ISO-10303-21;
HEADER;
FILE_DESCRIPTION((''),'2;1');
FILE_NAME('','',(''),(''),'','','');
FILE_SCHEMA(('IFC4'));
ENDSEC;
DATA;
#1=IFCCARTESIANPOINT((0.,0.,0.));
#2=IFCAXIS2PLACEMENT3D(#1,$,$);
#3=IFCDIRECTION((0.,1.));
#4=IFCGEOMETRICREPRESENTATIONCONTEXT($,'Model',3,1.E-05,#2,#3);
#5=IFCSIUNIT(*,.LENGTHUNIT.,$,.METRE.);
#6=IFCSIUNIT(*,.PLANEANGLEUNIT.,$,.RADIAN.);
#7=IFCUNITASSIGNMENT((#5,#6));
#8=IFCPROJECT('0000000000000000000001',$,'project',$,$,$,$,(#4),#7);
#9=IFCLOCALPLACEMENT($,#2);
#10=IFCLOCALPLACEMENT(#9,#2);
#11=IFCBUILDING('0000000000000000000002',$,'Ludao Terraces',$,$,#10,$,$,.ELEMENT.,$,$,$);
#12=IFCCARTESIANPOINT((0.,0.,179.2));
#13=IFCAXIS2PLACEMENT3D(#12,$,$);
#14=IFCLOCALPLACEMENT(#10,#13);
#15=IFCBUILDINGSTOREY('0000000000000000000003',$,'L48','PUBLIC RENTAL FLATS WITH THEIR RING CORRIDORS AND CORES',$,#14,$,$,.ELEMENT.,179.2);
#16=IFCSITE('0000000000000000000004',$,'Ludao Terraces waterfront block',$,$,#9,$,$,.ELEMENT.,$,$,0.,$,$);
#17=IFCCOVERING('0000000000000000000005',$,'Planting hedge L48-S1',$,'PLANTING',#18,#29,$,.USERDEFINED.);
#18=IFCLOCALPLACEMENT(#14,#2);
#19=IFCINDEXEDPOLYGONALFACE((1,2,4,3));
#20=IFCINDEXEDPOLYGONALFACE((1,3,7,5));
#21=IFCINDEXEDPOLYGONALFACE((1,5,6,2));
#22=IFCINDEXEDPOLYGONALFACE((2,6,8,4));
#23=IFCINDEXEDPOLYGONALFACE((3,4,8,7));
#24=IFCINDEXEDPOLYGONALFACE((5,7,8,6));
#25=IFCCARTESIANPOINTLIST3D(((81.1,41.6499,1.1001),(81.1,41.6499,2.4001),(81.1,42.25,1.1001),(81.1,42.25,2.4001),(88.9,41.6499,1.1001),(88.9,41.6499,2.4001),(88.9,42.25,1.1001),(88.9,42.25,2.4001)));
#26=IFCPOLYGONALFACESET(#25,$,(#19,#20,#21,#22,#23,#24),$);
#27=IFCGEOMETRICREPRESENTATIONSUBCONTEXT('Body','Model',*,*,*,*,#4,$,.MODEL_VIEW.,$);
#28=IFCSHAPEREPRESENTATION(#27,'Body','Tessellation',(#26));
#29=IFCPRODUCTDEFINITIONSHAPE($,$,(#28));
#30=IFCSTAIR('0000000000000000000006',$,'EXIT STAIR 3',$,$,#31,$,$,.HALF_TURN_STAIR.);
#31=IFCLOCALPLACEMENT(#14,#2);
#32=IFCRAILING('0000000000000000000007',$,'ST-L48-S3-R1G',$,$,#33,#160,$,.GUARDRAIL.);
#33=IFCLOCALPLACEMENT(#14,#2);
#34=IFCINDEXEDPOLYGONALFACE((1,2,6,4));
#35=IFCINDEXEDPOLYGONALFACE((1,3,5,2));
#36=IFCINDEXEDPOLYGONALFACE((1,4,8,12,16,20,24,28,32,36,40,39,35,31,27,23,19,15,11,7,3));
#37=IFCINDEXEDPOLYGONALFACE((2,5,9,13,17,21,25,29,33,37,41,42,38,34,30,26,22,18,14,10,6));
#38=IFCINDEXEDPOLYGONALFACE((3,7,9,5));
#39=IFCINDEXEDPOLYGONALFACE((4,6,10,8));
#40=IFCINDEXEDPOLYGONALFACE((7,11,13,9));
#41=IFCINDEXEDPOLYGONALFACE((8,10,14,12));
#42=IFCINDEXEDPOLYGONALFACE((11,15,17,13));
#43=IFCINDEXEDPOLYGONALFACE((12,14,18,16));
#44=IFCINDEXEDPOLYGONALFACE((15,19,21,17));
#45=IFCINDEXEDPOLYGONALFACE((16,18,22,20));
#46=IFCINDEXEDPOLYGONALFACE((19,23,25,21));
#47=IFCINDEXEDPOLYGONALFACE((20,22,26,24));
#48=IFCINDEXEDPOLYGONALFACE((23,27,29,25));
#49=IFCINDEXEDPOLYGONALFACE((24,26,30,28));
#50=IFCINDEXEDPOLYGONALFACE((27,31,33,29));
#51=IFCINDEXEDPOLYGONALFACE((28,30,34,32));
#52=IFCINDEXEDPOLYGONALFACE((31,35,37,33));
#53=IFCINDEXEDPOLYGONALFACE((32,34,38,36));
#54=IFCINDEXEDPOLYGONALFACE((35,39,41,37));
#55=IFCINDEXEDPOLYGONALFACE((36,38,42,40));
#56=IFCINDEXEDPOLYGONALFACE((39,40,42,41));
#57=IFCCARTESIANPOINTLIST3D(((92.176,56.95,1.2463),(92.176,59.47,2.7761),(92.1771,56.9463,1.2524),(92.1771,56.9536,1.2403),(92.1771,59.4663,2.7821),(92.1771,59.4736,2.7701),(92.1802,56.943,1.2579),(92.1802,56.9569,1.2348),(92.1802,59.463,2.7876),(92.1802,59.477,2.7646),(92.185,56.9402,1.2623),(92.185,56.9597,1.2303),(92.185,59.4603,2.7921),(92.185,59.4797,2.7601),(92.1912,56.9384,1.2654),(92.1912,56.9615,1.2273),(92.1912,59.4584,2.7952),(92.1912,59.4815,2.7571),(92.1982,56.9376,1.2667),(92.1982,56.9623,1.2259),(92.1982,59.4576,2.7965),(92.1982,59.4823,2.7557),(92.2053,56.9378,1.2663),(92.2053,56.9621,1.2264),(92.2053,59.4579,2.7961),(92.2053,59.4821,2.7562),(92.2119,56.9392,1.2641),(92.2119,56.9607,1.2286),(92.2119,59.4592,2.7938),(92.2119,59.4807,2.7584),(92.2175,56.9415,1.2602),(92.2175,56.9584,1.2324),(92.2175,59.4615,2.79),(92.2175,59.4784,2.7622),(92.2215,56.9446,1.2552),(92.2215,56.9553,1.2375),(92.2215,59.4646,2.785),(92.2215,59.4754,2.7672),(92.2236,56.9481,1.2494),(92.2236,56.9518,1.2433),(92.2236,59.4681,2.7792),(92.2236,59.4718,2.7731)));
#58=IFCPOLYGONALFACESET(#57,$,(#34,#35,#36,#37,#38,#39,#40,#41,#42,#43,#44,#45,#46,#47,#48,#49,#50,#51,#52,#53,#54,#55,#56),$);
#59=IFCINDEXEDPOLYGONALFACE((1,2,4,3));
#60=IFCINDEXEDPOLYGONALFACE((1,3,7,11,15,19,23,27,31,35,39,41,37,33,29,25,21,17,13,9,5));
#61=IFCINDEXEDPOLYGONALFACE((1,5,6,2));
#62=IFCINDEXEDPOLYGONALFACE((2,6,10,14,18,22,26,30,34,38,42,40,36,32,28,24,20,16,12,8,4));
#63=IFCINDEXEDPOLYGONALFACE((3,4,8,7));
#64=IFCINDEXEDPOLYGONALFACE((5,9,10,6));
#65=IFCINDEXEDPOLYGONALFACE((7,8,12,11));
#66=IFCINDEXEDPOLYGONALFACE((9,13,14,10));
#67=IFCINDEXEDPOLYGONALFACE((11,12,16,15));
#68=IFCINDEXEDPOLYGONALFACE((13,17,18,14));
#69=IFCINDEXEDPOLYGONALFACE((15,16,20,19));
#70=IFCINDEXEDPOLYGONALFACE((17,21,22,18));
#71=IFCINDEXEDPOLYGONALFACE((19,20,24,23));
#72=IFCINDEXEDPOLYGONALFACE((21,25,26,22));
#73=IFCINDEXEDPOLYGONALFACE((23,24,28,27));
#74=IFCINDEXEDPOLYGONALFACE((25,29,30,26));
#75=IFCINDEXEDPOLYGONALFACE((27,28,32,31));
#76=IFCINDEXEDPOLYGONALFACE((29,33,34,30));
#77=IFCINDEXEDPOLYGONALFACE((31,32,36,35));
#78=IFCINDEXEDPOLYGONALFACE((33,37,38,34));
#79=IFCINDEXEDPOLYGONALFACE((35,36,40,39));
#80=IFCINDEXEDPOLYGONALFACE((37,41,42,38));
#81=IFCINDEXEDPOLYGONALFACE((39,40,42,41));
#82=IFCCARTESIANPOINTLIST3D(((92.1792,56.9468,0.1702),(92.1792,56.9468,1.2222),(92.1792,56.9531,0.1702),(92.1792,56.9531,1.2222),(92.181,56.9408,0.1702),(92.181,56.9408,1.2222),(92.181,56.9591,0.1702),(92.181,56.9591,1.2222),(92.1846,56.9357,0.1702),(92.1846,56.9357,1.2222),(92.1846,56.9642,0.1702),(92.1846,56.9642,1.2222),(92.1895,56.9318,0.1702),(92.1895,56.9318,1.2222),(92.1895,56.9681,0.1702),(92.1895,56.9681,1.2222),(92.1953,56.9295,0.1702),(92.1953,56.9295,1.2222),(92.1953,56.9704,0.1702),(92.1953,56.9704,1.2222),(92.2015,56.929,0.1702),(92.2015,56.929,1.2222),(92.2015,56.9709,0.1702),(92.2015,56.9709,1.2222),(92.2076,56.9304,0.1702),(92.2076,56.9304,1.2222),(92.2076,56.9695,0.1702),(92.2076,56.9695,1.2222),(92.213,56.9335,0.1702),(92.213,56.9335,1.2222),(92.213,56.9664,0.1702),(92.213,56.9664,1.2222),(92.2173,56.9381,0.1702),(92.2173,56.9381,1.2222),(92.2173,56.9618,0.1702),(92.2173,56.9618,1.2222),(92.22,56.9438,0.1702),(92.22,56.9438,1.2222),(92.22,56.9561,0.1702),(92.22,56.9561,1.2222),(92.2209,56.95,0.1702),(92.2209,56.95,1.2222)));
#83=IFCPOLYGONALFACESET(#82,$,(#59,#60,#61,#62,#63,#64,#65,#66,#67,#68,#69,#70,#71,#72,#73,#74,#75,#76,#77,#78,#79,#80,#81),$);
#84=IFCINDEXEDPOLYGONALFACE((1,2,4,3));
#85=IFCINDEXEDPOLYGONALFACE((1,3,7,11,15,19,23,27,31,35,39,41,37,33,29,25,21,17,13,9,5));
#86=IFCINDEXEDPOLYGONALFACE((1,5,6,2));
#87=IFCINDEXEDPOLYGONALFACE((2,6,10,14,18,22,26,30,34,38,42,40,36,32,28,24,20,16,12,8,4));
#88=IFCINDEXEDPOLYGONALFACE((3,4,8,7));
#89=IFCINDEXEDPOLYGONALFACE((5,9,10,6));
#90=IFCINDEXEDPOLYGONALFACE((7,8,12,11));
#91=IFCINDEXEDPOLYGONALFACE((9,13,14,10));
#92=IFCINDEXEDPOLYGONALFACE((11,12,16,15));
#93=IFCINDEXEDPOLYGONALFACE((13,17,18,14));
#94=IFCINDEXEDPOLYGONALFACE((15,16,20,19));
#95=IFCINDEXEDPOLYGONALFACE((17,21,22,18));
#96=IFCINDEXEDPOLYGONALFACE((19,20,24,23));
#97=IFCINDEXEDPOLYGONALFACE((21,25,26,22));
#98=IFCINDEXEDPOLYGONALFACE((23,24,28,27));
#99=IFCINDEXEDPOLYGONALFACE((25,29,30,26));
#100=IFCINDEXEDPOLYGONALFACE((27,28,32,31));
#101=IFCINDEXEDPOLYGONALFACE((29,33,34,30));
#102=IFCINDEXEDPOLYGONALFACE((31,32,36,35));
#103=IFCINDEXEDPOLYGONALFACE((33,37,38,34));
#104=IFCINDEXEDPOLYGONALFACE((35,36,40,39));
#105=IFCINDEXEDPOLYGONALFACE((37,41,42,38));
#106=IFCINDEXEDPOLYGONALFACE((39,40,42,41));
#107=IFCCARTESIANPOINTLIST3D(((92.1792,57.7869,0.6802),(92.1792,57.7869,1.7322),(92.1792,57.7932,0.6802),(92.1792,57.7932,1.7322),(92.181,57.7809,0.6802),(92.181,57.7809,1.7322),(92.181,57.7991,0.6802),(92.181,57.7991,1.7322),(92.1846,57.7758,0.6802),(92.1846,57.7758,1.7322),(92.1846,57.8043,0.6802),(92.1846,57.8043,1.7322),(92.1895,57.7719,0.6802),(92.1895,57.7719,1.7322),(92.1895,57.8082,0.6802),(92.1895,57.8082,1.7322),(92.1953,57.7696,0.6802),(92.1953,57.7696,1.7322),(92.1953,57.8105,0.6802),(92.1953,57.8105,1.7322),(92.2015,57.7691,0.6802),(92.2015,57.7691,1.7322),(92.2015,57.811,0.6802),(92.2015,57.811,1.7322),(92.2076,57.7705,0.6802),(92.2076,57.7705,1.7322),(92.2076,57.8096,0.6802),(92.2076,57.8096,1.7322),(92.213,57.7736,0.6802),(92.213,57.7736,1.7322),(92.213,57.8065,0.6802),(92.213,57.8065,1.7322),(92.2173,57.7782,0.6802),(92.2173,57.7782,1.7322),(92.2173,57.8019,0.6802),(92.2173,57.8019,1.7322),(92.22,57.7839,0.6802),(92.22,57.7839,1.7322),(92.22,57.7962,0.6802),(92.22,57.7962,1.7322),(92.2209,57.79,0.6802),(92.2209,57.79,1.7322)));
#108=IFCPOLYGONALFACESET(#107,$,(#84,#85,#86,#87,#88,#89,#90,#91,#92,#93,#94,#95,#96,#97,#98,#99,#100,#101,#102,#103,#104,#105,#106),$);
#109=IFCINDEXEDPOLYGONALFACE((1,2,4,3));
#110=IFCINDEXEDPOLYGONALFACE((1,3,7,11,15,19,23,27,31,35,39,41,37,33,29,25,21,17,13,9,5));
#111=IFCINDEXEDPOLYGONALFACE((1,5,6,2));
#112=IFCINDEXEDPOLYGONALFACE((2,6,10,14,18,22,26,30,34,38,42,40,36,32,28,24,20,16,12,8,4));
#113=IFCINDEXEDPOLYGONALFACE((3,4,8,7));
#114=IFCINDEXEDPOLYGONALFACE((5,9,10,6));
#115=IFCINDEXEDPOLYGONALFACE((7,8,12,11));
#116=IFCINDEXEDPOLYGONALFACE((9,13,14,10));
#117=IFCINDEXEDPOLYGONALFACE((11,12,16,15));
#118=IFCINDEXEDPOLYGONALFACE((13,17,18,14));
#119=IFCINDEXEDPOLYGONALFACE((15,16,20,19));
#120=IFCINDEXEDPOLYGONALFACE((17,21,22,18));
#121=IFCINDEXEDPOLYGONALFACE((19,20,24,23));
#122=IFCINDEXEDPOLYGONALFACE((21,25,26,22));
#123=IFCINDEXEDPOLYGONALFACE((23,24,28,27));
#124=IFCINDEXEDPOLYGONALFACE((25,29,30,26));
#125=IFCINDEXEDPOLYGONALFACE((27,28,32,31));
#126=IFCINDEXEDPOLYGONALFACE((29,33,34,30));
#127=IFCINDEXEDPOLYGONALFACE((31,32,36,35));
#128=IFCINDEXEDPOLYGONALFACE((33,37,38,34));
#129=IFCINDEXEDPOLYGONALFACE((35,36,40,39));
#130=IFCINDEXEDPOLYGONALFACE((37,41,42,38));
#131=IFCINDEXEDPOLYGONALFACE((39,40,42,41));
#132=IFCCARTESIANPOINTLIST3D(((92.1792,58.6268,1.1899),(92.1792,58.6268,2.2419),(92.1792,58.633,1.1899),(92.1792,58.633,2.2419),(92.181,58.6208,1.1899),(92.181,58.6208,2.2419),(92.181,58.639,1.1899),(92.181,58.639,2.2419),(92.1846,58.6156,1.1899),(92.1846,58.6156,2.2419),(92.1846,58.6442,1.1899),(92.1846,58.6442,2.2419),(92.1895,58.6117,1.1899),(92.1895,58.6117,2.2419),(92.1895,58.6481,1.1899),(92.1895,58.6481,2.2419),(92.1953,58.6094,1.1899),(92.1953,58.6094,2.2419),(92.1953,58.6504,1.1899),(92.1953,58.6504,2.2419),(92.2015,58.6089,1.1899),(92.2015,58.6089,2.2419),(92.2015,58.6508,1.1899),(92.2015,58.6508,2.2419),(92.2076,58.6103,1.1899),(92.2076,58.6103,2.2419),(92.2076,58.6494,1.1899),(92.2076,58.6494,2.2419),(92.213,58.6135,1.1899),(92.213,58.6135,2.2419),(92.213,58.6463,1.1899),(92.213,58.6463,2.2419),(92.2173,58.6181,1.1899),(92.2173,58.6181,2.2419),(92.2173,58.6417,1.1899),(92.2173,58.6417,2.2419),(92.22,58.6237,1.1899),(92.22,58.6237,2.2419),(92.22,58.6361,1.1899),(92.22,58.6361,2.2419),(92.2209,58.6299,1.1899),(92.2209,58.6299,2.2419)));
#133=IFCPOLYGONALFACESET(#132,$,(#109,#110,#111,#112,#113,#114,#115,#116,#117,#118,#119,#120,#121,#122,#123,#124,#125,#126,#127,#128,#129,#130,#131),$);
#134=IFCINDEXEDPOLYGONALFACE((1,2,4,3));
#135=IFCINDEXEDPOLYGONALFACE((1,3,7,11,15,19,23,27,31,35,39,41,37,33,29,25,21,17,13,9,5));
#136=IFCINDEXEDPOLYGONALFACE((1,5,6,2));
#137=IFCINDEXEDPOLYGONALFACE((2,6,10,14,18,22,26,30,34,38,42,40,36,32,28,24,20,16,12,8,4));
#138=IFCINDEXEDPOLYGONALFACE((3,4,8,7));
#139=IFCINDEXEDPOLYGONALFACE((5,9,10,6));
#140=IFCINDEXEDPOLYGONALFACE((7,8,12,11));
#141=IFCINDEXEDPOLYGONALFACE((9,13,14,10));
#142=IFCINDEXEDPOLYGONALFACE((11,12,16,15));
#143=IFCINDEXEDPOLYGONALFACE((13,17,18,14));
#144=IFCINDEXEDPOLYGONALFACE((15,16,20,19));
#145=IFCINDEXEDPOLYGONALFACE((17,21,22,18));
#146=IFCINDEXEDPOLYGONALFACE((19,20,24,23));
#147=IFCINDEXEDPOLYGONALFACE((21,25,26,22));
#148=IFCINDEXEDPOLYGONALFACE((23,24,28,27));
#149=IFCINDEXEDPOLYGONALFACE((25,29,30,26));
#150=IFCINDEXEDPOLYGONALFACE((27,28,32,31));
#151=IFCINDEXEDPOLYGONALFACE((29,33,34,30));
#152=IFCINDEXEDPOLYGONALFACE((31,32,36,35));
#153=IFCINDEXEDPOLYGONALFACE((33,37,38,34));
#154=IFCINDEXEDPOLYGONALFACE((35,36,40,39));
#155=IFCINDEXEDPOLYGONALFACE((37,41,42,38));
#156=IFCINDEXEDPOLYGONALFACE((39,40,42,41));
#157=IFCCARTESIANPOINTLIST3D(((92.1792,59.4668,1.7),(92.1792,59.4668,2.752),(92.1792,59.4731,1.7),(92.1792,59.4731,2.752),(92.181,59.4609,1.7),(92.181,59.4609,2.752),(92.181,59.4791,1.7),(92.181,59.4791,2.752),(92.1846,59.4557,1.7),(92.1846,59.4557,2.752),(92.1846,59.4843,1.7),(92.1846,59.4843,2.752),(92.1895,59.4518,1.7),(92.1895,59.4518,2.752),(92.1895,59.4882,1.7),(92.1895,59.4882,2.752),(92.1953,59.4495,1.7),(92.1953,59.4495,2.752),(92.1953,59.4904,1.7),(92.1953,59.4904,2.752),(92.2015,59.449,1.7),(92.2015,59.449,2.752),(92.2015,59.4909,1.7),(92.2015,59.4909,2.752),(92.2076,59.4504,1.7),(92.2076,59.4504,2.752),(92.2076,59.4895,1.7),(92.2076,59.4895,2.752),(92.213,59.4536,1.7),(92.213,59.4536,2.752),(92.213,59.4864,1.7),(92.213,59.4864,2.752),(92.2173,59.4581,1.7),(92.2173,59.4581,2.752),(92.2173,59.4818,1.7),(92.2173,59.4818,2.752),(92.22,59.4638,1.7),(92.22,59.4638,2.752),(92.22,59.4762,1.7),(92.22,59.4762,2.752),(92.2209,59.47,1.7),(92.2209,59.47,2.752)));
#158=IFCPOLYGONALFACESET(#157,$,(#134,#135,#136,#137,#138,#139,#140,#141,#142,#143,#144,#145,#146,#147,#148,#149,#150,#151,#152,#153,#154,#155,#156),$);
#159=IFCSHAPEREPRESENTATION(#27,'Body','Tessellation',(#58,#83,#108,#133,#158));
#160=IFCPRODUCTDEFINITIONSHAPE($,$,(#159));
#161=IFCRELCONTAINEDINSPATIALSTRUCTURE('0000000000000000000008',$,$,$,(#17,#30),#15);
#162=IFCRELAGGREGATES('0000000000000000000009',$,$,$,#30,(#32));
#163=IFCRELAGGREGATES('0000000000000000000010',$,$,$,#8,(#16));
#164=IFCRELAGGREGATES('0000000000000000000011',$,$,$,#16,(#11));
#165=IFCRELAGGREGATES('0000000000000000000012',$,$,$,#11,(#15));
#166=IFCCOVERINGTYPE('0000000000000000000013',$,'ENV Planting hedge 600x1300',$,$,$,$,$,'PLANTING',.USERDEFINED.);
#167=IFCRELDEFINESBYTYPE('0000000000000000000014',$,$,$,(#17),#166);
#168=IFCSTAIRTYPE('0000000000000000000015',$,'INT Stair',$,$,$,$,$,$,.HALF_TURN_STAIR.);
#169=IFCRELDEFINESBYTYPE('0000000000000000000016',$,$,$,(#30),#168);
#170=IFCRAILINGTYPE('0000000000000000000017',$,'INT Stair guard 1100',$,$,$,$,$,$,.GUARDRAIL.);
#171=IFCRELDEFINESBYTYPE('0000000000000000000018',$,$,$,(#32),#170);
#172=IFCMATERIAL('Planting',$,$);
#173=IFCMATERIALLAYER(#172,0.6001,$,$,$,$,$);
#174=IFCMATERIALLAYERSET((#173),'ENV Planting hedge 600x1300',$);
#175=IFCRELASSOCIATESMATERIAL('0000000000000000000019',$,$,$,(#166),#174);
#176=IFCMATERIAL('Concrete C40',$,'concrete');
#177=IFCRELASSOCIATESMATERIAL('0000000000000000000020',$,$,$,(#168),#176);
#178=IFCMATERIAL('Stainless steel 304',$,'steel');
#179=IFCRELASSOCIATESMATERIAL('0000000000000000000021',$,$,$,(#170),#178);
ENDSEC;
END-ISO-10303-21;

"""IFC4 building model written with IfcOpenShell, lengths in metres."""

from ifc_helpers import new_model, si_unit, direction, frame, origin, origin_2d, place, context, subcontext, project, spatial, rectangle, circle, extrude, material, layer, layer_set, type_object, element, aggregate, save


model = new_model("IFC4")

# Units and contexts
model_context = context("Model", 3, precision=1e-05, world=origin(), true_north=direction((0.0, 1.0)))
body_context = subcontext(model_context, "Body", "Model", "MODEL_VIEW")
ifc_project = project(units=[si_unit("LENGTHUNIT", "METRE"), si_unit("PLANEANGLEUNIT", "RADIAN")], contexts=[model_context])

# Site, building, storey
site_placement = place(None, origin())
site = spatial("IfcSite", under=ifc_project, at=site_placement, Name="Ludao Terraces waterfront block", CompositionType="ELEMENT", RefElevation=0.0)
building_placement = place(site_placement, origin())
building = spatial("IfcBuilding", under=site, at=building_placement, Name="Ludao Terraces", CompositionType="ELEMENT")
storey_placement = place(building_placement, frame((0.0, 0.0, 179.2)))
storey = spatial("IfcBuildingStorey", under=building, at=storey_placement, Name="L48", Description="PUBLIC RENTAL FLATS WITH THEIR RING CORRIDORS AND CORES", CompositionType="ELEMENT", Elevation=179.2)

# Shared definitions
ifc_material_1 = material(Name="Concrete C40", Category="concrete")

# Covering
ifc_material_2 = material(Name="Planting")
ifc_layer_1 = layer(ifc_material_2, 0.6001)
ifc_layer_set_1 = layer_set([ifc_layer_1], Name="ENV Planting hedge 600x1300")
covering_type = type_object("IfcCoveringType", Name="ENV Planting hedge 600x1300", ElementType="PLANTING", PredefinedType="USERDEFINED", material=ifc_layer_set_1)
covering_placement = place(storey_placement, frame((85.0, 41.95, 1.1001), z_axis=(0.0, 0.0, 1.0), x_axis=(1.0, 0.0, 0.0)))
element("IfcCovering", 1, at=covering_placement, inside=storey, type_object=covering_type, Name="Planting hedge L48-S1", ObjectType="PLANTING", PredefinedType="USERDEFINED", context=body_context, shape_type="SweptSolid", body=[
    extrude(rectangle(XDim=7.8, YDim=0.6001, at=origin_2d()), origin(), (0.0, 0.0, 1.0), 1.3),
])

# Stair, railing
stair_type = type_object("IfcStairType", Name="INT Stair", PredefinedType="HALF_TURN_STAIR", material=ifc_material_1)
stair_placement = place(storey_placement, origin())
stair = element("IfcStair", 2, at=stair_placement, inside=storey, type_object=stair_type, Name="EXIT STAIR 3", PredefinedType="HALF_TURN_STAIR")
ifc_material_3 = material(Name="Stainless steel 304", Category="steel")
railing_type_1 = type_object("IfcRailingType", Name="INT Stair guard 1100", PredefinedType="GUARDRAIL", material=ifc_material_3)
railing_1_placement = place(storey_placement, frame((92.2, 56.95, 0.1702)))
railing_1 = element("IfcRailing", 3, at=railing_1_placement, type_object=railing_type_1, Name="ST-L48-S3-R1G", PredefinedType="GUARDRAIL", context=body_context, shape_type="SweptSolid", body=[
    extrude(circle(Radius=0.0239, at=origin_2d()), frame((0.0, 0.0, 1.0762), z_axis=(0.0, 0.854822, 0.518922), x_axis=(-1.0, 0.0, 0.0)), (0.0, 0.0, 1.0), 2.948),
    extrude(circle(Radius=0.021, at=origin_2d()), origin(), (0.0, 0.0, 1.0), 1.052),
    extrude(circle(Radius=0.021, at=origin_2d()), frame((0.0, 0.8401, 0.51)), (0.0, 0.0, 1.0), 1.052),
    extrude(circle(Radius=0.021, at=origin_2d()), frame((0.0, 1.6799, 1.0198)), (0.0, 0.0, 1.0), 1.052),
    extrude(circle(Radius=0.021, at=origin_2d()), frame((0.0, 2.52, 1.5298)), (0.0, 0.0, 1.0), 1.052),
])
aggregate(stair, [railing_1])

save(model, "model.ifc")
